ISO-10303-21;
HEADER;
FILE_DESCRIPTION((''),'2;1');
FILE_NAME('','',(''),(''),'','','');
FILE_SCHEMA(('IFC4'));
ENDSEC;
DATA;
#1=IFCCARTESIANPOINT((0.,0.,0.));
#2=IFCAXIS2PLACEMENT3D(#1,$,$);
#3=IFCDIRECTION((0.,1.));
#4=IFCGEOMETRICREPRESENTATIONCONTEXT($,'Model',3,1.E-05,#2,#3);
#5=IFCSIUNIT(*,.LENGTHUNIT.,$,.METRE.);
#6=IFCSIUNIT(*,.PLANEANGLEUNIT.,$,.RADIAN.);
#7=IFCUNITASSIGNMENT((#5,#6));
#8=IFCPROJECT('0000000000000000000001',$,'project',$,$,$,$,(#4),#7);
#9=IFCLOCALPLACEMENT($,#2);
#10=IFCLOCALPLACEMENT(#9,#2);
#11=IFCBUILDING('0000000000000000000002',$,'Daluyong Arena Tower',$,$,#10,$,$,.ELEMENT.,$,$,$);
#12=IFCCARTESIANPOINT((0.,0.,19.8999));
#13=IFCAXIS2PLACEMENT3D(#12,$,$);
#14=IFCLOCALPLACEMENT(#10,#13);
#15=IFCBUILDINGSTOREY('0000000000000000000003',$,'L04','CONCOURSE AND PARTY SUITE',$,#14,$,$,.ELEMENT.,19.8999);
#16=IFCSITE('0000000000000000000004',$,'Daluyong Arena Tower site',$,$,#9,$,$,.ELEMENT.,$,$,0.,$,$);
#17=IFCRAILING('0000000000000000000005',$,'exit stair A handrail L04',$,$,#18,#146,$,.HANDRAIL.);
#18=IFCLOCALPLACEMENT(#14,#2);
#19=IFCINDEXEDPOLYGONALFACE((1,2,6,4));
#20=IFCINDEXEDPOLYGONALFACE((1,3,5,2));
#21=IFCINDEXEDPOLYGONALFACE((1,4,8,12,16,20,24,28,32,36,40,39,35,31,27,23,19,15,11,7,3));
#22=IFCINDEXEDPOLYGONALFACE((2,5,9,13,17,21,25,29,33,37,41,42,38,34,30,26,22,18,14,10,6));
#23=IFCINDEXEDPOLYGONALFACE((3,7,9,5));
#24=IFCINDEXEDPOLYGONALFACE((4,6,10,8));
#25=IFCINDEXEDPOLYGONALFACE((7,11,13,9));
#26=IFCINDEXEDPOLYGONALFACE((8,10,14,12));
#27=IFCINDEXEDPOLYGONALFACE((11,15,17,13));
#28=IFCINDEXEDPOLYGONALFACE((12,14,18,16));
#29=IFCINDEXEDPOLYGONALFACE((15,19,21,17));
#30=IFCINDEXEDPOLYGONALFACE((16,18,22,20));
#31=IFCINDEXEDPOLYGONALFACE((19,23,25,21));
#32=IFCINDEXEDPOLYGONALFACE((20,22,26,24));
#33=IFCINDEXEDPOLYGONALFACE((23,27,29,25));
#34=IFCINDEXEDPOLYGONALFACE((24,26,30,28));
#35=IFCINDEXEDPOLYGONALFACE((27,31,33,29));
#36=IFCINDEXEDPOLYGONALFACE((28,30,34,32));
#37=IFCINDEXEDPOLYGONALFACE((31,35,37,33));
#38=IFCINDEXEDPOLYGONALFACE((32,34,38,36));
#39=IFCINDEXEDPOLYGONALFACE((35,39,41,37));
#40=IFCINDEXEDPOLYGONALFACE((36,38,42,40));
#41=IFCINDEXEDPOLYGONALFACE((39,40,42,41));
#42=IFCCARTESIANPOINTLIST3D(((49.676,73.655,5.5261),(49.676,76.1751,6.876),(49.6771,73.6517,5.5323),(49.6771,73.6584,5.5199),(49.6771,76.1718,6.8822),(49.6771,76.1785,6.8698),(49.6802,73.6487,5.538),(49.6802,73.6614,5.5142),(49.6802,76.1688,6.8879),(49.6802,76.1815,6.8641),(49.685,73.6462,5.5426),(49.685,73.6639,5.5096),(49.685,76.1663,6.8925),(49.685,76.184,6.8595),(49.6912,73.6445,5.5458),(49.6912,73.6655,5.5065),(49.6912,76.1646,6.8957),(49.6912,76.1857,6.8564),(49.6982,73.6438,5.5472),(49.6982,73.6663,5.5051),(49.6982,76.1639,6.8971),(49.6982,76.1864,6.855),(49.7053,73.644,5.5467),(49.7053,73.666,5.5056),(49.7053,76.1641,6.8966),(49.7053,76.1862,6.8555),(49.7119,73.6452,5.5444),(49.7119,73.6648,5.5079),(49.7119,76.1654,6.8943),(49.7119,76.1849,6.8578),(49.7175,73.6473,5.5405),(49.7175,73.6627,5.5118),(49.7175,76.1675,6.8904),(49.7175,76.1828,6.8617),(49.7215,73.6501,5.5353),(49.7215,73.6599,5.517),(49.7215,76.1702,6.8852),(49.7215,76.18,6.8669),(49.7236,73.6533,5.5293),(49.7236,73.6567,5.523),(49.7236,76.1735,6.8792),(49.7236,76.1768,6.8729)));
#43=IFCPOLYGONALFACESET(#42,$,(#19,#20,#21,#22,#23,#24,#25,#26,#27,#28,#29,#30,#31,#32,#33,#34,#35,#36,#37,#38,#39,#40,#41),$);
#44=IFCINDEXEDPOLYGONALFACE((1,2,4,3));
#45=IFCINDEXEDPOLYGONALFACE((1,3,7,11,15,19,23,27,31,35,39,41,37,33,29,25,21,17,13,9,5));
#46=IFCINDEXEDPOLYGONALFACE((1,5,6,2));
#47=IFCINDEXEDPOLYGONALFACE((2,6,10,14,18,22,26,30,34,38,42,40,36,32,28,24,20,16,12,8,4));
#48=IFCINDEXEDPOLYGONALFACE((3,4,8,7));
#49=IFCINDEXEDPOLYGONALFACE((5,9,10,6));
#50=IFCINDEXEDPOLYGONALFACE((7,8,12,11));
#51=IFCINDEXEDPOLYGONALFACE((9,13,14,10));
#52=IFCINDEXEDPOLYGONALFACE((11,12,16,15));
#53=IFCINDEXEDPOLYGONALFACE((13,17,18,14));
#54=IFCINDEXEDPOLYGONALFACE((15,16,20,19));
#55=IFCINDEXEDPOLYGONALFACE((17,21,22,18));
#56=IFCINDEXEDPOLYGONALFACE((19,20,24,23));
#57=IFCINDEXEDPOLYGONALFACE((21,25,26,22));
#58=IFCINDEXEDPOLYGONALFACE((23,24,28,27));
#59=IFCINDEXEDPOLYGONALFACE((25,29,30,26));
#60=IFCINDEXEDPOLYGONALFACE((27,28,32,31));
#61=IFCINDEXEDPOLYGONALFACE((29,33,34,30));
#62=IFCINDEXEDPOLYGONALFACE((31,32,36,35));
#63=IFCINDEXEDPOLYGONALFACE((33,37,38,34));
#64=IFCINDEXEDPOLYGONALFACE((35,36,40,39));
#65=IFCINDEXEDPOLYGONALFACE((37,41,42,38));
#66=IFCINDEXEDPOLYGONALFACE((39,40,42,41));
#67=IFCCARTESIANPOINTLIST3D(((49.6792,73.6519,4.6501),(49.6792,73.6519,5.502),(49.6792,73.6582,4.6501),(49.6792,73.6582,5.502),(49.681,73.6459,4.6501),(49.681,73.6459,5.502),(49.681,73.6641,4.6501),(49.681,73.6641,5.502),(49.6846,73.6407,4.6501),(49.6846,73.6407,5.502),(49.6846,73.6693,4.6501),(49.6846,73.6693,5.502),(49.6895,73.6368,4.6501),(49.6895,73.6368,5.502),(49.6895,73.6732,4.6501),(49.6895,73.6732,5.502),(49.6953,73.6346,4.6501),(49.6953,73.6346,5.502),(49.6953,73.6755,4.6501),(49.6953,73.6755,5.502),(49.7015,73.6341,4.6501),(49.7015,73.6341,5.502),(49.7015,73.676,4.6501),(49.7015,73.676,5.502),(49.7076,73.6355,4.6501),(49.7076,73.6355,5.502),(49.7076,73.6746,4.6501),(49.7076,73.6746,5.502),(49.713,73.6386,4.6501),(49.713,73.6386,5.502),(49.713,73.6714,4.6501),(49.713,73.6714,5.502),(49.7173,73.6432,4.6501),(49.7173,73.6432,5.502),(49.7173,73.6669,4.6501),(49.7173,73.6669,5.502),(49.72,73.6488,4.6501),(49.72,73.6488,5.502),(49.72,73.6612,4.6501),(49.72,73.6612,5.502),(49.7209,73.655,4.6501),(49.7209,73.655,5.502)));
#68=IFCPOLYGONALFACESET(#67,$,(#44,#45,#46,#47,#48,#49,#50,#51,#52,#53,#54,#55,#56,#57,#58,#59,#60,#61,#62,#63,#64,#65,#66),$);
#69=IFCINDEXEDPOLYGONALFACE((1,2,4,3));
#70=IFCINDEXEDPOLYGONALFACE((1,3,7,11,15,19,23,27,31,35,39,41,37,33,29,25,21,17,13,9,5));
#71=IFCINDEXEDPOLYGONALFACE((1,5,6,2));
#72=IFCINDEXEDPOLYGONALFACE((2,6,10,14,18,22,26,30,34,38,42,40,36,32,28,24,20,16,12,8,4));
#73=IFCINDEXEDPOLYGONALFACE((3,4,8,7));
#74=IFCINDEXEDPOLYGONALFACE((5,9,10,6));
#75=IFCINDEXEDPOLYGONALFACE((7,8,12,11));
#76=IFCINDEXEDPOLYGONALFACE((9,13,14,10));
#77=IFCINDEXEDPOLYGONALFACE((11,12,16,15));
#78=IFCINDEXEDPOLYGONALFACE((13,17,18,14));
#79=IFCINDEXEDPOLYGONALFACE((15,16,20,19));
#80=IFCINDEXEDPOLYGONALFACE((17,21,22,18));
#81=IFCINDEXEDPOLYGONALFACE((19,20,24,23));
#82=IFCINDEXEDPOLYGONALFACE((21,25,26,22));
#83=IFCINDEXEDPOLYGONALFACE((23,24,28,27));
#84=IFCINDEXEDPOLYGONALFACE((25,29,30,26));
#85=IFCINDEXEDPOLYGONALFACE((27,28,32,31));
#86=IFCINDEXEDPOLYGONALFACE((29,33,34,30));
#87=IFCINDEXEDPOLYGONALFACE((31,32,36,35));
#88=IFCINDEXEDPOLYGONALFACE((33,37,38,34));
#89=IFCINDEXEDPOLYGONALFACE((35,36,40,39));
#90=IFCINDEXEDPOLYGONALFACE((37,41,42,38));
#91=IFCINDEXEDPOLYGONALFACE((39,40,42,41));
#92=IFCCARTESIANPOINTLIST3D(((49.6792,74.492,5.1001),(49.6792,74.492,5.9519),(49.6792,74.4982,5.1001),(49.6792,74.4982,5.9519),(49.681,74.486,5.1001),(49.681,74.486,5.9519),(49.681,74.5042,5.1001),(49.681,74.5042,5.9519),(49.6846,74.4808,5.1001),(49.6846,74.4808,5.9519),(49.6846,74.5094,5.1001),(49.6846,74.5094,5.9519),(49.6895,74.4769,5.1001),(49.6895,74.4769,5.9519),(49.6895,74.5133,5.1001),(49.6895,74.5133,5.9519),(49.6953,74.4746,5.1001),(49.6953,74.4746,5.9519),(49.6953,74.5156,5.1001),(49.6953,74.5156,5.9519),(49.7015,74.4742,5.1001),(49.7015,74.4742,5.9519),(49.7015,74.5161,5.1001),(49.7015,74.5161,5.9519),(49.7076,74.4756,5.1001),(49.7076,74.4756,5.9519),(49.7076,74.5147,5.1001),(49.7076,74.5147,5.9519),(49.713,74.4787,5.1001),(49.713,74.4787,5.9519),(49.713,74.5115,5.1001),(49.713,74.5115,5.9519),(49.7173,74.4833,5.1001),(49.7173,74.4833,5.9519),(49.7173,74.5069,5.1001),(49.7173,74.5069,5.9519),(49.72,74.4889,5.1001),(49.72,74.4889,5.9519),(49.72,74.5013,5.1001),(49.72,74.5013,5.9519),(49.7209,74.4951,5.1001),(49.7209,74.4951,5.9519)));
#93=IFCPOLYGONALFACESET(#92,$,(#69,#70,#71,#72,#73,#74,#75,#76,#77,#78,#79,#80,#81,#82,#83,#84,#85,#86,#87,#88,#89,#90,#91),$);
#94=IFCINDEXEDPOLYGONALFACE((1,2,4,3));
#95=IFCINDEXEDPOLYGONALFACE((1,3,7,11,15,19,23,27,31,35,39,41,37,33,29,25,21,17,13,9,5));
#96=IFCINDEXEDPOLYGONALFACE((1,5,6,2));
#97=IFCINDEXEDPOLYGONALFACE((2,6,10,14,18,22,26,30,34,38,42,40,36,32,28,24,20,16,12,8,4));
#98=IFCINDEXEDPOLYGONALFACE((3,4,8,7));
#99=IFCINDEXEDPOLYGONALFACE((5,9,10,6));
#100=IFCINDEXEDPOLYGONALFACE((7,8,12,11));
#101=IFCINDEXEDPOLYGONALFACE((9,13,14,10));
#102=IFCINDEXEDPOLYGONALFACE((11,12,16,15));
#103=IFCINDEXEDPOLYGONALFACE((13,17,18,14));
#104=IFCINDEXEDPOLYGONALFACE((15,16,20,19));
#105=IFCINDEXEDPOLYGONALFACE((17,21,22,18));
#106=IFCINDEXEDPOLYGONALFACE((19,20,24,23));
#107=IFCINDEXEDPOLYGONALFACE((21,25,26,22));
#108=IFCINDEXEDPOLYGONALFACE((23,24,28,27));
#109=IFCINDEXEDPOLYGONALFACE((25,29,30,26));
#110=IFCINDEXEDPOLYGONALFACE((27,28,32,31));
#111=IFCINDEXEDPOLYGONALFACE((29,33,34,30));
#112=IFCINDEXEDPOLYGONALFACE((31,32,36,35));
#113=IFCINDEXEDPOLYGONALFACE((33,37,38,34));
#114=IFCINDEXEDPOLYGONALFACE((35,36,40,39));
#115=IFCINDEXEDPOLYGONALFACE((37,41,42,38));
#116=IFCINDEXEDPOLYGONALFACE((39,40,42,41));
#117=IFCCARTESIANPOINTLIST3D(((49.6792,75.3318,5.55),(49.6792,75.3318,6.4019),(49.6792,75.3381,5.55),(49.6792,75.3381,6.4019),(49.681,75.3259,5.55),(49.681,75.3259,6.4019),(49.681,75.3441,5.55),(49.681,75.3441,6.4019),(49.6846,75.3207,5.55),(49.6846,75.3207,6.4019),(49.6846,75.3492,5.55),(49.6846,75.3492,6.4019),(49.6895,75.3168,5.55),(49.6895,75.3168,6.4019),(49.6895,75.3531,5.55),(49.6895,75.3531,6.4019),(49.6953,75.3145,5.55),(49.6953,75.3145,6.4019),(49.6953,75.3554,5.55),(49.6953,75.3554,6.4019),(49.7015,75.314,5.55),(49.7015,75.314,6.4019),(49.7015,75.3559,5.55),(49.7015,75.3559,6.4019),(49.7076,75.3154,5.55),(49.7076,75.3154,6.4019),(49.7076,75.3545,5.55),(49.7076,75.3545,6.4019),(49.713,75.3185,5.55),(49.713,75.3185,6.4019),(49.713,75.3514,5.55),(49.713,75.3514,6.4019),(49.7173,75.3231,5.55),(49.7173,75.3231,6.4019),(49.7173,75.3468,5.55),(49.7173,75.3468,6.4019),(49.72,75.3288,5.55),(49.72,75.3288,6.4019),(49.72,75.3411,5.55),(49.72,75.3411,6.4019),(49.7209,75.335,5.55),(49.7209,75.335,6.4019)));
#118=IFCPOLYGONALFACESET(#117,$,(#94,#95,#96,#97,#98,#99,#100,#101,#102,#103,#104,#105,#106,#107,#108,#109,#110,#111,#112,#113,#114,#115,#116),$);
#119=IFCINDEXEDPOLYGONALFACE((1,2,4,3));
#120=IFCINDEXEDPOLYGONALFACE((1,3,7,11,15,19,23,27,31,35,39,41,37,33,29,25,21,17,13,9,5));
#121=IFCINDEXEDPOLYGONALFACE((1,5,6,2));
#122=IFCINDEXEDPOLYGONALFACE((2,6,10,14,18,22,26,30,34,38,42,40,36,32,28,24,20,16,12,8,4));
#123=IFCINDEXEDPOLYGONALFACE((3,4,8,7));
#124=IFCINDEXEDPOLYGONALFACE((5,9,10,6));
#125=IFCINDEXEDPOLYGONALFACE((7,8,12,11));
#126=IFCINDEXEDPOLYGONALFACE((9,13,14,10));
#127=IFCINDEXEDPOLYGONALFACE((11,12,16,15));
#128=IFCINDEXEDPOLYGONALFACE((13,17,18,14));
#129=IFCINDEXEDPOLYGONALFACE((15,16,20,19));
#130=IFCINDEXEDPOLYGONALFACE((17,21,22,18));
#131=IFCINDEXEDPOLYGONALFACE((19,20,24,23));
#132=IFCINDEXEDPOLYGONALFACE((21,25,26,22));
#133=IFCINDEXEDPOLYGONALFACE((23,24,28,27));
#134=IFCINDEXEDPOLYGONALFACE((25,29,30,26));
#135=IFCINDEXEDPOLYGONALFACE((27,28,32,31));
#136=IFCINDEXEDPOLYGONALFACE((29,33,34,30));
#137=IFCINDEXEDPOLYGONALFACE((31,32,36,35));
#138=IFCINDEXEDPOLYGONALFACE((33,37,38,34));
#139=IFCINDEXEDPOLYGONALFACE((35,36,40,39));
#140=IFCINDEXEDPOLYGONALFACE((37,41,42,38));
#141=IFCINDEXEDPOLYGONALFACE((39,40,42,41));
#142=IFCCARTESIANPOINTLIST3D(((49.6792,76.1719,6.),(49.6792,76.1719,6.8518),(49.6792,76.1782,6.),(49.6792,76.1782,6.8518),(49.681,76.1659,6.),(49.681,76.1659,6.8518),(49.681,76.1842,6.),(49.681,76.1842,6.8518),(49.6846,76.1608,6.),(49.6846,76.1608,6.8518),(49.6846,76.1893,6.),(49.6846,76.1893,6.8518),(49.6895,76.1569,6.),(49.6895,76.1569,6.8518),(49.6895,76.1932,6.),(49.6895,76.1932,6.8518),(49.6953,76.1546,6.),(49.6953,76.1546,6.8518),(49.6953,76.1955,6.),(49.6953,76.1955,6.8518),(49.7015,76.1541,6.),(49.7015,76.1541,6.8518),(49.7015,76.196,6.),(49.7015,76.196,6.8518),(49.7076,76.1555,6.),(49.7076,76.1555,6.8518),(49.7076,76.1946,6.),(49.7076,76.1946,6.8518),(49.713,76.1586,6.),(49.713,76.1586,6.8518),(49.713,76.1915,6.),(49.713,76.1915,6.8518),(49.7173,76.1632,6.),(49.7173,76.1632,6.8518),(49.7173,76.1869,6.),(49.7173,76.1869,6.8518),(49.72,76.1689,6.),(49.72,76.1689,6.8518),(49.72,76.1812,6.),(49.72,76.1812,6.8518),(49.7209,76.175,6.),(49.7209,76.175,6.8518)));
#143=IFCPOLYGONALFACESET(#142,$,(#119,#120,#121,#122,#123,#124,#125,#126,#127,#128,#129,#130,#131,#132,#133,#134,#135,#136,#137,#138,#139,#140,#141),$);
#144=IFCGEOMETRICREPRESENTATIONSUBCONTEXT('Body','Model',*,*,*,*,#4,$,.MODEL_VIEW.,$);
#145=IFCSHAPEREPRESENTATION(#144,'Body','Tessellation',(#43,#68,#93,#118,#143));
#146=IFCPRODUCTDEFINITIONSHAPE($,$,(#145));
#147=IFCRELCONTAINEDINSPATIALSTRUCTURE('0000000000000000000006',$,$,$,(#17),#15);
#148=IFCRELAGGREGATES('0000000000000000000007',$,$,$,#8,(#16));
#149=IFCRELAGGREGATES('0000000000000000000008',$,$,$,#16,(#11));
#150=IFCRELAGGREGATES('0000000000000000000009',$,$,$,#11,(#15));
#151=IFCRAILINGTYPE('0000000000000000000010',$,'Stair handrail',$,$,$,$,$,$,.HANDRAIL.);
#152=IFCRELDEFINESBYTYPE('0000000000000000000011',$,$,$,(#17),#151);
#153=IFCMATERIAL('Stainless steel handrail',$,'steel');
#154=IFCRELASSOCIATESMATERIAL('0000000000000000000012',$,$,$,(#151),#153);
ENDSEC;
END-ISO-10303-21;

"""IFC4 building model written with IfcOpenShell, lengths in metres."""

from ifc_helpers import new_model, si_unit, direction, frame, origin, origin_2d, place, context, subcontext, project, spatial, circle, extrude, material, type_object, element, save


model = new_model("IFC4")

# Units and contexts
model_context = context("Model", 3, precision=1e-05, world=origin(), true_north=direction((0.0, 1.0)))
body_context = subcontext(model_context, "Body", "Model", "MODEL_VIEW")
ifc_project = project(units=[si_unit("LENGTHUNIT", "METRE"), si_unit("PLANEANGLEUNIT", "RADIAN")], contexts=[model_context])

# Site, building, storey
site_placement = place(None, origin())
site = spatial("IfcSite", under=ifc_project, at=site_placement, Name="Daluyong Arena Tower site", CompositionType="ELEMENT", RefElevation=0.0)
building_placement = place(site_placement, origin())
building = spatial("IfcBuilding", under=site, at=building_placement, Name="Daluyong Arena Tower", CompositionType="ELEMENT")
storey_placement = place(building_placement, frame((0.0, 0.0, 19.8999)))
storey = spatial("IfcBuildingStorey", under=building, at=storey_placement, Name="L04", Description="CONCOURSE AND PARTY SUITE", CompositionType="ELEMENT", Elevation=19.8999)

# Railing
ifc_material_1 = material(Name="Stainless steel handrail", Category="steel")
railing_type_1 = type_object("IfcRailingType", Name="Stair handrail", PredefinedType="HANDRAIL", material=ifc_material_1)
for number, where, name in (
    (1, (49.7, 73.655, 4.6501), "exit stair A handrail L04"),
):
    element("IfcRailing", number, at=place(storey_placement, frame(where)), inside=storey, type_object=railing_type_1, Name=name, PredefinedType="HANDRAIL", context=body_context, shape_type="SweptSolid", body=[
        extrude(circle(Radius=0.0239, at=origin_2d()), frame((0.0, 0.0, 0.876), z_axis=(0.0, 0.881503, 0.472179), x_axis=(-1.0, 0.0, 0.0)), (0.0, 0.0, 1.0), 2.8589),
        extrude(circle(Radius=0.021, at=origin_2d()), origin(), (0.0, 0.0, 1.0), 0.8518),
        extrude(circle(Radius=0.021, at=origin_2d()), frame((0.0, 0.8401, 0.45)), (0.0, 0.0, 1.0), 0.8518),
        extrude(circle(Radius=0.021, at=origin_2d()), frame((0.0, 1.6799, 0.8999)), (0.0, 0.0, 1.0), 0.8518),
        extrude(circle(Radius=0.021, at=origin_2d()), frame((0.0, 2.52, 1.3499)), (0.0, 0.0, 1.0), 0.8518),
    ])

save(model, "model.ifc")
